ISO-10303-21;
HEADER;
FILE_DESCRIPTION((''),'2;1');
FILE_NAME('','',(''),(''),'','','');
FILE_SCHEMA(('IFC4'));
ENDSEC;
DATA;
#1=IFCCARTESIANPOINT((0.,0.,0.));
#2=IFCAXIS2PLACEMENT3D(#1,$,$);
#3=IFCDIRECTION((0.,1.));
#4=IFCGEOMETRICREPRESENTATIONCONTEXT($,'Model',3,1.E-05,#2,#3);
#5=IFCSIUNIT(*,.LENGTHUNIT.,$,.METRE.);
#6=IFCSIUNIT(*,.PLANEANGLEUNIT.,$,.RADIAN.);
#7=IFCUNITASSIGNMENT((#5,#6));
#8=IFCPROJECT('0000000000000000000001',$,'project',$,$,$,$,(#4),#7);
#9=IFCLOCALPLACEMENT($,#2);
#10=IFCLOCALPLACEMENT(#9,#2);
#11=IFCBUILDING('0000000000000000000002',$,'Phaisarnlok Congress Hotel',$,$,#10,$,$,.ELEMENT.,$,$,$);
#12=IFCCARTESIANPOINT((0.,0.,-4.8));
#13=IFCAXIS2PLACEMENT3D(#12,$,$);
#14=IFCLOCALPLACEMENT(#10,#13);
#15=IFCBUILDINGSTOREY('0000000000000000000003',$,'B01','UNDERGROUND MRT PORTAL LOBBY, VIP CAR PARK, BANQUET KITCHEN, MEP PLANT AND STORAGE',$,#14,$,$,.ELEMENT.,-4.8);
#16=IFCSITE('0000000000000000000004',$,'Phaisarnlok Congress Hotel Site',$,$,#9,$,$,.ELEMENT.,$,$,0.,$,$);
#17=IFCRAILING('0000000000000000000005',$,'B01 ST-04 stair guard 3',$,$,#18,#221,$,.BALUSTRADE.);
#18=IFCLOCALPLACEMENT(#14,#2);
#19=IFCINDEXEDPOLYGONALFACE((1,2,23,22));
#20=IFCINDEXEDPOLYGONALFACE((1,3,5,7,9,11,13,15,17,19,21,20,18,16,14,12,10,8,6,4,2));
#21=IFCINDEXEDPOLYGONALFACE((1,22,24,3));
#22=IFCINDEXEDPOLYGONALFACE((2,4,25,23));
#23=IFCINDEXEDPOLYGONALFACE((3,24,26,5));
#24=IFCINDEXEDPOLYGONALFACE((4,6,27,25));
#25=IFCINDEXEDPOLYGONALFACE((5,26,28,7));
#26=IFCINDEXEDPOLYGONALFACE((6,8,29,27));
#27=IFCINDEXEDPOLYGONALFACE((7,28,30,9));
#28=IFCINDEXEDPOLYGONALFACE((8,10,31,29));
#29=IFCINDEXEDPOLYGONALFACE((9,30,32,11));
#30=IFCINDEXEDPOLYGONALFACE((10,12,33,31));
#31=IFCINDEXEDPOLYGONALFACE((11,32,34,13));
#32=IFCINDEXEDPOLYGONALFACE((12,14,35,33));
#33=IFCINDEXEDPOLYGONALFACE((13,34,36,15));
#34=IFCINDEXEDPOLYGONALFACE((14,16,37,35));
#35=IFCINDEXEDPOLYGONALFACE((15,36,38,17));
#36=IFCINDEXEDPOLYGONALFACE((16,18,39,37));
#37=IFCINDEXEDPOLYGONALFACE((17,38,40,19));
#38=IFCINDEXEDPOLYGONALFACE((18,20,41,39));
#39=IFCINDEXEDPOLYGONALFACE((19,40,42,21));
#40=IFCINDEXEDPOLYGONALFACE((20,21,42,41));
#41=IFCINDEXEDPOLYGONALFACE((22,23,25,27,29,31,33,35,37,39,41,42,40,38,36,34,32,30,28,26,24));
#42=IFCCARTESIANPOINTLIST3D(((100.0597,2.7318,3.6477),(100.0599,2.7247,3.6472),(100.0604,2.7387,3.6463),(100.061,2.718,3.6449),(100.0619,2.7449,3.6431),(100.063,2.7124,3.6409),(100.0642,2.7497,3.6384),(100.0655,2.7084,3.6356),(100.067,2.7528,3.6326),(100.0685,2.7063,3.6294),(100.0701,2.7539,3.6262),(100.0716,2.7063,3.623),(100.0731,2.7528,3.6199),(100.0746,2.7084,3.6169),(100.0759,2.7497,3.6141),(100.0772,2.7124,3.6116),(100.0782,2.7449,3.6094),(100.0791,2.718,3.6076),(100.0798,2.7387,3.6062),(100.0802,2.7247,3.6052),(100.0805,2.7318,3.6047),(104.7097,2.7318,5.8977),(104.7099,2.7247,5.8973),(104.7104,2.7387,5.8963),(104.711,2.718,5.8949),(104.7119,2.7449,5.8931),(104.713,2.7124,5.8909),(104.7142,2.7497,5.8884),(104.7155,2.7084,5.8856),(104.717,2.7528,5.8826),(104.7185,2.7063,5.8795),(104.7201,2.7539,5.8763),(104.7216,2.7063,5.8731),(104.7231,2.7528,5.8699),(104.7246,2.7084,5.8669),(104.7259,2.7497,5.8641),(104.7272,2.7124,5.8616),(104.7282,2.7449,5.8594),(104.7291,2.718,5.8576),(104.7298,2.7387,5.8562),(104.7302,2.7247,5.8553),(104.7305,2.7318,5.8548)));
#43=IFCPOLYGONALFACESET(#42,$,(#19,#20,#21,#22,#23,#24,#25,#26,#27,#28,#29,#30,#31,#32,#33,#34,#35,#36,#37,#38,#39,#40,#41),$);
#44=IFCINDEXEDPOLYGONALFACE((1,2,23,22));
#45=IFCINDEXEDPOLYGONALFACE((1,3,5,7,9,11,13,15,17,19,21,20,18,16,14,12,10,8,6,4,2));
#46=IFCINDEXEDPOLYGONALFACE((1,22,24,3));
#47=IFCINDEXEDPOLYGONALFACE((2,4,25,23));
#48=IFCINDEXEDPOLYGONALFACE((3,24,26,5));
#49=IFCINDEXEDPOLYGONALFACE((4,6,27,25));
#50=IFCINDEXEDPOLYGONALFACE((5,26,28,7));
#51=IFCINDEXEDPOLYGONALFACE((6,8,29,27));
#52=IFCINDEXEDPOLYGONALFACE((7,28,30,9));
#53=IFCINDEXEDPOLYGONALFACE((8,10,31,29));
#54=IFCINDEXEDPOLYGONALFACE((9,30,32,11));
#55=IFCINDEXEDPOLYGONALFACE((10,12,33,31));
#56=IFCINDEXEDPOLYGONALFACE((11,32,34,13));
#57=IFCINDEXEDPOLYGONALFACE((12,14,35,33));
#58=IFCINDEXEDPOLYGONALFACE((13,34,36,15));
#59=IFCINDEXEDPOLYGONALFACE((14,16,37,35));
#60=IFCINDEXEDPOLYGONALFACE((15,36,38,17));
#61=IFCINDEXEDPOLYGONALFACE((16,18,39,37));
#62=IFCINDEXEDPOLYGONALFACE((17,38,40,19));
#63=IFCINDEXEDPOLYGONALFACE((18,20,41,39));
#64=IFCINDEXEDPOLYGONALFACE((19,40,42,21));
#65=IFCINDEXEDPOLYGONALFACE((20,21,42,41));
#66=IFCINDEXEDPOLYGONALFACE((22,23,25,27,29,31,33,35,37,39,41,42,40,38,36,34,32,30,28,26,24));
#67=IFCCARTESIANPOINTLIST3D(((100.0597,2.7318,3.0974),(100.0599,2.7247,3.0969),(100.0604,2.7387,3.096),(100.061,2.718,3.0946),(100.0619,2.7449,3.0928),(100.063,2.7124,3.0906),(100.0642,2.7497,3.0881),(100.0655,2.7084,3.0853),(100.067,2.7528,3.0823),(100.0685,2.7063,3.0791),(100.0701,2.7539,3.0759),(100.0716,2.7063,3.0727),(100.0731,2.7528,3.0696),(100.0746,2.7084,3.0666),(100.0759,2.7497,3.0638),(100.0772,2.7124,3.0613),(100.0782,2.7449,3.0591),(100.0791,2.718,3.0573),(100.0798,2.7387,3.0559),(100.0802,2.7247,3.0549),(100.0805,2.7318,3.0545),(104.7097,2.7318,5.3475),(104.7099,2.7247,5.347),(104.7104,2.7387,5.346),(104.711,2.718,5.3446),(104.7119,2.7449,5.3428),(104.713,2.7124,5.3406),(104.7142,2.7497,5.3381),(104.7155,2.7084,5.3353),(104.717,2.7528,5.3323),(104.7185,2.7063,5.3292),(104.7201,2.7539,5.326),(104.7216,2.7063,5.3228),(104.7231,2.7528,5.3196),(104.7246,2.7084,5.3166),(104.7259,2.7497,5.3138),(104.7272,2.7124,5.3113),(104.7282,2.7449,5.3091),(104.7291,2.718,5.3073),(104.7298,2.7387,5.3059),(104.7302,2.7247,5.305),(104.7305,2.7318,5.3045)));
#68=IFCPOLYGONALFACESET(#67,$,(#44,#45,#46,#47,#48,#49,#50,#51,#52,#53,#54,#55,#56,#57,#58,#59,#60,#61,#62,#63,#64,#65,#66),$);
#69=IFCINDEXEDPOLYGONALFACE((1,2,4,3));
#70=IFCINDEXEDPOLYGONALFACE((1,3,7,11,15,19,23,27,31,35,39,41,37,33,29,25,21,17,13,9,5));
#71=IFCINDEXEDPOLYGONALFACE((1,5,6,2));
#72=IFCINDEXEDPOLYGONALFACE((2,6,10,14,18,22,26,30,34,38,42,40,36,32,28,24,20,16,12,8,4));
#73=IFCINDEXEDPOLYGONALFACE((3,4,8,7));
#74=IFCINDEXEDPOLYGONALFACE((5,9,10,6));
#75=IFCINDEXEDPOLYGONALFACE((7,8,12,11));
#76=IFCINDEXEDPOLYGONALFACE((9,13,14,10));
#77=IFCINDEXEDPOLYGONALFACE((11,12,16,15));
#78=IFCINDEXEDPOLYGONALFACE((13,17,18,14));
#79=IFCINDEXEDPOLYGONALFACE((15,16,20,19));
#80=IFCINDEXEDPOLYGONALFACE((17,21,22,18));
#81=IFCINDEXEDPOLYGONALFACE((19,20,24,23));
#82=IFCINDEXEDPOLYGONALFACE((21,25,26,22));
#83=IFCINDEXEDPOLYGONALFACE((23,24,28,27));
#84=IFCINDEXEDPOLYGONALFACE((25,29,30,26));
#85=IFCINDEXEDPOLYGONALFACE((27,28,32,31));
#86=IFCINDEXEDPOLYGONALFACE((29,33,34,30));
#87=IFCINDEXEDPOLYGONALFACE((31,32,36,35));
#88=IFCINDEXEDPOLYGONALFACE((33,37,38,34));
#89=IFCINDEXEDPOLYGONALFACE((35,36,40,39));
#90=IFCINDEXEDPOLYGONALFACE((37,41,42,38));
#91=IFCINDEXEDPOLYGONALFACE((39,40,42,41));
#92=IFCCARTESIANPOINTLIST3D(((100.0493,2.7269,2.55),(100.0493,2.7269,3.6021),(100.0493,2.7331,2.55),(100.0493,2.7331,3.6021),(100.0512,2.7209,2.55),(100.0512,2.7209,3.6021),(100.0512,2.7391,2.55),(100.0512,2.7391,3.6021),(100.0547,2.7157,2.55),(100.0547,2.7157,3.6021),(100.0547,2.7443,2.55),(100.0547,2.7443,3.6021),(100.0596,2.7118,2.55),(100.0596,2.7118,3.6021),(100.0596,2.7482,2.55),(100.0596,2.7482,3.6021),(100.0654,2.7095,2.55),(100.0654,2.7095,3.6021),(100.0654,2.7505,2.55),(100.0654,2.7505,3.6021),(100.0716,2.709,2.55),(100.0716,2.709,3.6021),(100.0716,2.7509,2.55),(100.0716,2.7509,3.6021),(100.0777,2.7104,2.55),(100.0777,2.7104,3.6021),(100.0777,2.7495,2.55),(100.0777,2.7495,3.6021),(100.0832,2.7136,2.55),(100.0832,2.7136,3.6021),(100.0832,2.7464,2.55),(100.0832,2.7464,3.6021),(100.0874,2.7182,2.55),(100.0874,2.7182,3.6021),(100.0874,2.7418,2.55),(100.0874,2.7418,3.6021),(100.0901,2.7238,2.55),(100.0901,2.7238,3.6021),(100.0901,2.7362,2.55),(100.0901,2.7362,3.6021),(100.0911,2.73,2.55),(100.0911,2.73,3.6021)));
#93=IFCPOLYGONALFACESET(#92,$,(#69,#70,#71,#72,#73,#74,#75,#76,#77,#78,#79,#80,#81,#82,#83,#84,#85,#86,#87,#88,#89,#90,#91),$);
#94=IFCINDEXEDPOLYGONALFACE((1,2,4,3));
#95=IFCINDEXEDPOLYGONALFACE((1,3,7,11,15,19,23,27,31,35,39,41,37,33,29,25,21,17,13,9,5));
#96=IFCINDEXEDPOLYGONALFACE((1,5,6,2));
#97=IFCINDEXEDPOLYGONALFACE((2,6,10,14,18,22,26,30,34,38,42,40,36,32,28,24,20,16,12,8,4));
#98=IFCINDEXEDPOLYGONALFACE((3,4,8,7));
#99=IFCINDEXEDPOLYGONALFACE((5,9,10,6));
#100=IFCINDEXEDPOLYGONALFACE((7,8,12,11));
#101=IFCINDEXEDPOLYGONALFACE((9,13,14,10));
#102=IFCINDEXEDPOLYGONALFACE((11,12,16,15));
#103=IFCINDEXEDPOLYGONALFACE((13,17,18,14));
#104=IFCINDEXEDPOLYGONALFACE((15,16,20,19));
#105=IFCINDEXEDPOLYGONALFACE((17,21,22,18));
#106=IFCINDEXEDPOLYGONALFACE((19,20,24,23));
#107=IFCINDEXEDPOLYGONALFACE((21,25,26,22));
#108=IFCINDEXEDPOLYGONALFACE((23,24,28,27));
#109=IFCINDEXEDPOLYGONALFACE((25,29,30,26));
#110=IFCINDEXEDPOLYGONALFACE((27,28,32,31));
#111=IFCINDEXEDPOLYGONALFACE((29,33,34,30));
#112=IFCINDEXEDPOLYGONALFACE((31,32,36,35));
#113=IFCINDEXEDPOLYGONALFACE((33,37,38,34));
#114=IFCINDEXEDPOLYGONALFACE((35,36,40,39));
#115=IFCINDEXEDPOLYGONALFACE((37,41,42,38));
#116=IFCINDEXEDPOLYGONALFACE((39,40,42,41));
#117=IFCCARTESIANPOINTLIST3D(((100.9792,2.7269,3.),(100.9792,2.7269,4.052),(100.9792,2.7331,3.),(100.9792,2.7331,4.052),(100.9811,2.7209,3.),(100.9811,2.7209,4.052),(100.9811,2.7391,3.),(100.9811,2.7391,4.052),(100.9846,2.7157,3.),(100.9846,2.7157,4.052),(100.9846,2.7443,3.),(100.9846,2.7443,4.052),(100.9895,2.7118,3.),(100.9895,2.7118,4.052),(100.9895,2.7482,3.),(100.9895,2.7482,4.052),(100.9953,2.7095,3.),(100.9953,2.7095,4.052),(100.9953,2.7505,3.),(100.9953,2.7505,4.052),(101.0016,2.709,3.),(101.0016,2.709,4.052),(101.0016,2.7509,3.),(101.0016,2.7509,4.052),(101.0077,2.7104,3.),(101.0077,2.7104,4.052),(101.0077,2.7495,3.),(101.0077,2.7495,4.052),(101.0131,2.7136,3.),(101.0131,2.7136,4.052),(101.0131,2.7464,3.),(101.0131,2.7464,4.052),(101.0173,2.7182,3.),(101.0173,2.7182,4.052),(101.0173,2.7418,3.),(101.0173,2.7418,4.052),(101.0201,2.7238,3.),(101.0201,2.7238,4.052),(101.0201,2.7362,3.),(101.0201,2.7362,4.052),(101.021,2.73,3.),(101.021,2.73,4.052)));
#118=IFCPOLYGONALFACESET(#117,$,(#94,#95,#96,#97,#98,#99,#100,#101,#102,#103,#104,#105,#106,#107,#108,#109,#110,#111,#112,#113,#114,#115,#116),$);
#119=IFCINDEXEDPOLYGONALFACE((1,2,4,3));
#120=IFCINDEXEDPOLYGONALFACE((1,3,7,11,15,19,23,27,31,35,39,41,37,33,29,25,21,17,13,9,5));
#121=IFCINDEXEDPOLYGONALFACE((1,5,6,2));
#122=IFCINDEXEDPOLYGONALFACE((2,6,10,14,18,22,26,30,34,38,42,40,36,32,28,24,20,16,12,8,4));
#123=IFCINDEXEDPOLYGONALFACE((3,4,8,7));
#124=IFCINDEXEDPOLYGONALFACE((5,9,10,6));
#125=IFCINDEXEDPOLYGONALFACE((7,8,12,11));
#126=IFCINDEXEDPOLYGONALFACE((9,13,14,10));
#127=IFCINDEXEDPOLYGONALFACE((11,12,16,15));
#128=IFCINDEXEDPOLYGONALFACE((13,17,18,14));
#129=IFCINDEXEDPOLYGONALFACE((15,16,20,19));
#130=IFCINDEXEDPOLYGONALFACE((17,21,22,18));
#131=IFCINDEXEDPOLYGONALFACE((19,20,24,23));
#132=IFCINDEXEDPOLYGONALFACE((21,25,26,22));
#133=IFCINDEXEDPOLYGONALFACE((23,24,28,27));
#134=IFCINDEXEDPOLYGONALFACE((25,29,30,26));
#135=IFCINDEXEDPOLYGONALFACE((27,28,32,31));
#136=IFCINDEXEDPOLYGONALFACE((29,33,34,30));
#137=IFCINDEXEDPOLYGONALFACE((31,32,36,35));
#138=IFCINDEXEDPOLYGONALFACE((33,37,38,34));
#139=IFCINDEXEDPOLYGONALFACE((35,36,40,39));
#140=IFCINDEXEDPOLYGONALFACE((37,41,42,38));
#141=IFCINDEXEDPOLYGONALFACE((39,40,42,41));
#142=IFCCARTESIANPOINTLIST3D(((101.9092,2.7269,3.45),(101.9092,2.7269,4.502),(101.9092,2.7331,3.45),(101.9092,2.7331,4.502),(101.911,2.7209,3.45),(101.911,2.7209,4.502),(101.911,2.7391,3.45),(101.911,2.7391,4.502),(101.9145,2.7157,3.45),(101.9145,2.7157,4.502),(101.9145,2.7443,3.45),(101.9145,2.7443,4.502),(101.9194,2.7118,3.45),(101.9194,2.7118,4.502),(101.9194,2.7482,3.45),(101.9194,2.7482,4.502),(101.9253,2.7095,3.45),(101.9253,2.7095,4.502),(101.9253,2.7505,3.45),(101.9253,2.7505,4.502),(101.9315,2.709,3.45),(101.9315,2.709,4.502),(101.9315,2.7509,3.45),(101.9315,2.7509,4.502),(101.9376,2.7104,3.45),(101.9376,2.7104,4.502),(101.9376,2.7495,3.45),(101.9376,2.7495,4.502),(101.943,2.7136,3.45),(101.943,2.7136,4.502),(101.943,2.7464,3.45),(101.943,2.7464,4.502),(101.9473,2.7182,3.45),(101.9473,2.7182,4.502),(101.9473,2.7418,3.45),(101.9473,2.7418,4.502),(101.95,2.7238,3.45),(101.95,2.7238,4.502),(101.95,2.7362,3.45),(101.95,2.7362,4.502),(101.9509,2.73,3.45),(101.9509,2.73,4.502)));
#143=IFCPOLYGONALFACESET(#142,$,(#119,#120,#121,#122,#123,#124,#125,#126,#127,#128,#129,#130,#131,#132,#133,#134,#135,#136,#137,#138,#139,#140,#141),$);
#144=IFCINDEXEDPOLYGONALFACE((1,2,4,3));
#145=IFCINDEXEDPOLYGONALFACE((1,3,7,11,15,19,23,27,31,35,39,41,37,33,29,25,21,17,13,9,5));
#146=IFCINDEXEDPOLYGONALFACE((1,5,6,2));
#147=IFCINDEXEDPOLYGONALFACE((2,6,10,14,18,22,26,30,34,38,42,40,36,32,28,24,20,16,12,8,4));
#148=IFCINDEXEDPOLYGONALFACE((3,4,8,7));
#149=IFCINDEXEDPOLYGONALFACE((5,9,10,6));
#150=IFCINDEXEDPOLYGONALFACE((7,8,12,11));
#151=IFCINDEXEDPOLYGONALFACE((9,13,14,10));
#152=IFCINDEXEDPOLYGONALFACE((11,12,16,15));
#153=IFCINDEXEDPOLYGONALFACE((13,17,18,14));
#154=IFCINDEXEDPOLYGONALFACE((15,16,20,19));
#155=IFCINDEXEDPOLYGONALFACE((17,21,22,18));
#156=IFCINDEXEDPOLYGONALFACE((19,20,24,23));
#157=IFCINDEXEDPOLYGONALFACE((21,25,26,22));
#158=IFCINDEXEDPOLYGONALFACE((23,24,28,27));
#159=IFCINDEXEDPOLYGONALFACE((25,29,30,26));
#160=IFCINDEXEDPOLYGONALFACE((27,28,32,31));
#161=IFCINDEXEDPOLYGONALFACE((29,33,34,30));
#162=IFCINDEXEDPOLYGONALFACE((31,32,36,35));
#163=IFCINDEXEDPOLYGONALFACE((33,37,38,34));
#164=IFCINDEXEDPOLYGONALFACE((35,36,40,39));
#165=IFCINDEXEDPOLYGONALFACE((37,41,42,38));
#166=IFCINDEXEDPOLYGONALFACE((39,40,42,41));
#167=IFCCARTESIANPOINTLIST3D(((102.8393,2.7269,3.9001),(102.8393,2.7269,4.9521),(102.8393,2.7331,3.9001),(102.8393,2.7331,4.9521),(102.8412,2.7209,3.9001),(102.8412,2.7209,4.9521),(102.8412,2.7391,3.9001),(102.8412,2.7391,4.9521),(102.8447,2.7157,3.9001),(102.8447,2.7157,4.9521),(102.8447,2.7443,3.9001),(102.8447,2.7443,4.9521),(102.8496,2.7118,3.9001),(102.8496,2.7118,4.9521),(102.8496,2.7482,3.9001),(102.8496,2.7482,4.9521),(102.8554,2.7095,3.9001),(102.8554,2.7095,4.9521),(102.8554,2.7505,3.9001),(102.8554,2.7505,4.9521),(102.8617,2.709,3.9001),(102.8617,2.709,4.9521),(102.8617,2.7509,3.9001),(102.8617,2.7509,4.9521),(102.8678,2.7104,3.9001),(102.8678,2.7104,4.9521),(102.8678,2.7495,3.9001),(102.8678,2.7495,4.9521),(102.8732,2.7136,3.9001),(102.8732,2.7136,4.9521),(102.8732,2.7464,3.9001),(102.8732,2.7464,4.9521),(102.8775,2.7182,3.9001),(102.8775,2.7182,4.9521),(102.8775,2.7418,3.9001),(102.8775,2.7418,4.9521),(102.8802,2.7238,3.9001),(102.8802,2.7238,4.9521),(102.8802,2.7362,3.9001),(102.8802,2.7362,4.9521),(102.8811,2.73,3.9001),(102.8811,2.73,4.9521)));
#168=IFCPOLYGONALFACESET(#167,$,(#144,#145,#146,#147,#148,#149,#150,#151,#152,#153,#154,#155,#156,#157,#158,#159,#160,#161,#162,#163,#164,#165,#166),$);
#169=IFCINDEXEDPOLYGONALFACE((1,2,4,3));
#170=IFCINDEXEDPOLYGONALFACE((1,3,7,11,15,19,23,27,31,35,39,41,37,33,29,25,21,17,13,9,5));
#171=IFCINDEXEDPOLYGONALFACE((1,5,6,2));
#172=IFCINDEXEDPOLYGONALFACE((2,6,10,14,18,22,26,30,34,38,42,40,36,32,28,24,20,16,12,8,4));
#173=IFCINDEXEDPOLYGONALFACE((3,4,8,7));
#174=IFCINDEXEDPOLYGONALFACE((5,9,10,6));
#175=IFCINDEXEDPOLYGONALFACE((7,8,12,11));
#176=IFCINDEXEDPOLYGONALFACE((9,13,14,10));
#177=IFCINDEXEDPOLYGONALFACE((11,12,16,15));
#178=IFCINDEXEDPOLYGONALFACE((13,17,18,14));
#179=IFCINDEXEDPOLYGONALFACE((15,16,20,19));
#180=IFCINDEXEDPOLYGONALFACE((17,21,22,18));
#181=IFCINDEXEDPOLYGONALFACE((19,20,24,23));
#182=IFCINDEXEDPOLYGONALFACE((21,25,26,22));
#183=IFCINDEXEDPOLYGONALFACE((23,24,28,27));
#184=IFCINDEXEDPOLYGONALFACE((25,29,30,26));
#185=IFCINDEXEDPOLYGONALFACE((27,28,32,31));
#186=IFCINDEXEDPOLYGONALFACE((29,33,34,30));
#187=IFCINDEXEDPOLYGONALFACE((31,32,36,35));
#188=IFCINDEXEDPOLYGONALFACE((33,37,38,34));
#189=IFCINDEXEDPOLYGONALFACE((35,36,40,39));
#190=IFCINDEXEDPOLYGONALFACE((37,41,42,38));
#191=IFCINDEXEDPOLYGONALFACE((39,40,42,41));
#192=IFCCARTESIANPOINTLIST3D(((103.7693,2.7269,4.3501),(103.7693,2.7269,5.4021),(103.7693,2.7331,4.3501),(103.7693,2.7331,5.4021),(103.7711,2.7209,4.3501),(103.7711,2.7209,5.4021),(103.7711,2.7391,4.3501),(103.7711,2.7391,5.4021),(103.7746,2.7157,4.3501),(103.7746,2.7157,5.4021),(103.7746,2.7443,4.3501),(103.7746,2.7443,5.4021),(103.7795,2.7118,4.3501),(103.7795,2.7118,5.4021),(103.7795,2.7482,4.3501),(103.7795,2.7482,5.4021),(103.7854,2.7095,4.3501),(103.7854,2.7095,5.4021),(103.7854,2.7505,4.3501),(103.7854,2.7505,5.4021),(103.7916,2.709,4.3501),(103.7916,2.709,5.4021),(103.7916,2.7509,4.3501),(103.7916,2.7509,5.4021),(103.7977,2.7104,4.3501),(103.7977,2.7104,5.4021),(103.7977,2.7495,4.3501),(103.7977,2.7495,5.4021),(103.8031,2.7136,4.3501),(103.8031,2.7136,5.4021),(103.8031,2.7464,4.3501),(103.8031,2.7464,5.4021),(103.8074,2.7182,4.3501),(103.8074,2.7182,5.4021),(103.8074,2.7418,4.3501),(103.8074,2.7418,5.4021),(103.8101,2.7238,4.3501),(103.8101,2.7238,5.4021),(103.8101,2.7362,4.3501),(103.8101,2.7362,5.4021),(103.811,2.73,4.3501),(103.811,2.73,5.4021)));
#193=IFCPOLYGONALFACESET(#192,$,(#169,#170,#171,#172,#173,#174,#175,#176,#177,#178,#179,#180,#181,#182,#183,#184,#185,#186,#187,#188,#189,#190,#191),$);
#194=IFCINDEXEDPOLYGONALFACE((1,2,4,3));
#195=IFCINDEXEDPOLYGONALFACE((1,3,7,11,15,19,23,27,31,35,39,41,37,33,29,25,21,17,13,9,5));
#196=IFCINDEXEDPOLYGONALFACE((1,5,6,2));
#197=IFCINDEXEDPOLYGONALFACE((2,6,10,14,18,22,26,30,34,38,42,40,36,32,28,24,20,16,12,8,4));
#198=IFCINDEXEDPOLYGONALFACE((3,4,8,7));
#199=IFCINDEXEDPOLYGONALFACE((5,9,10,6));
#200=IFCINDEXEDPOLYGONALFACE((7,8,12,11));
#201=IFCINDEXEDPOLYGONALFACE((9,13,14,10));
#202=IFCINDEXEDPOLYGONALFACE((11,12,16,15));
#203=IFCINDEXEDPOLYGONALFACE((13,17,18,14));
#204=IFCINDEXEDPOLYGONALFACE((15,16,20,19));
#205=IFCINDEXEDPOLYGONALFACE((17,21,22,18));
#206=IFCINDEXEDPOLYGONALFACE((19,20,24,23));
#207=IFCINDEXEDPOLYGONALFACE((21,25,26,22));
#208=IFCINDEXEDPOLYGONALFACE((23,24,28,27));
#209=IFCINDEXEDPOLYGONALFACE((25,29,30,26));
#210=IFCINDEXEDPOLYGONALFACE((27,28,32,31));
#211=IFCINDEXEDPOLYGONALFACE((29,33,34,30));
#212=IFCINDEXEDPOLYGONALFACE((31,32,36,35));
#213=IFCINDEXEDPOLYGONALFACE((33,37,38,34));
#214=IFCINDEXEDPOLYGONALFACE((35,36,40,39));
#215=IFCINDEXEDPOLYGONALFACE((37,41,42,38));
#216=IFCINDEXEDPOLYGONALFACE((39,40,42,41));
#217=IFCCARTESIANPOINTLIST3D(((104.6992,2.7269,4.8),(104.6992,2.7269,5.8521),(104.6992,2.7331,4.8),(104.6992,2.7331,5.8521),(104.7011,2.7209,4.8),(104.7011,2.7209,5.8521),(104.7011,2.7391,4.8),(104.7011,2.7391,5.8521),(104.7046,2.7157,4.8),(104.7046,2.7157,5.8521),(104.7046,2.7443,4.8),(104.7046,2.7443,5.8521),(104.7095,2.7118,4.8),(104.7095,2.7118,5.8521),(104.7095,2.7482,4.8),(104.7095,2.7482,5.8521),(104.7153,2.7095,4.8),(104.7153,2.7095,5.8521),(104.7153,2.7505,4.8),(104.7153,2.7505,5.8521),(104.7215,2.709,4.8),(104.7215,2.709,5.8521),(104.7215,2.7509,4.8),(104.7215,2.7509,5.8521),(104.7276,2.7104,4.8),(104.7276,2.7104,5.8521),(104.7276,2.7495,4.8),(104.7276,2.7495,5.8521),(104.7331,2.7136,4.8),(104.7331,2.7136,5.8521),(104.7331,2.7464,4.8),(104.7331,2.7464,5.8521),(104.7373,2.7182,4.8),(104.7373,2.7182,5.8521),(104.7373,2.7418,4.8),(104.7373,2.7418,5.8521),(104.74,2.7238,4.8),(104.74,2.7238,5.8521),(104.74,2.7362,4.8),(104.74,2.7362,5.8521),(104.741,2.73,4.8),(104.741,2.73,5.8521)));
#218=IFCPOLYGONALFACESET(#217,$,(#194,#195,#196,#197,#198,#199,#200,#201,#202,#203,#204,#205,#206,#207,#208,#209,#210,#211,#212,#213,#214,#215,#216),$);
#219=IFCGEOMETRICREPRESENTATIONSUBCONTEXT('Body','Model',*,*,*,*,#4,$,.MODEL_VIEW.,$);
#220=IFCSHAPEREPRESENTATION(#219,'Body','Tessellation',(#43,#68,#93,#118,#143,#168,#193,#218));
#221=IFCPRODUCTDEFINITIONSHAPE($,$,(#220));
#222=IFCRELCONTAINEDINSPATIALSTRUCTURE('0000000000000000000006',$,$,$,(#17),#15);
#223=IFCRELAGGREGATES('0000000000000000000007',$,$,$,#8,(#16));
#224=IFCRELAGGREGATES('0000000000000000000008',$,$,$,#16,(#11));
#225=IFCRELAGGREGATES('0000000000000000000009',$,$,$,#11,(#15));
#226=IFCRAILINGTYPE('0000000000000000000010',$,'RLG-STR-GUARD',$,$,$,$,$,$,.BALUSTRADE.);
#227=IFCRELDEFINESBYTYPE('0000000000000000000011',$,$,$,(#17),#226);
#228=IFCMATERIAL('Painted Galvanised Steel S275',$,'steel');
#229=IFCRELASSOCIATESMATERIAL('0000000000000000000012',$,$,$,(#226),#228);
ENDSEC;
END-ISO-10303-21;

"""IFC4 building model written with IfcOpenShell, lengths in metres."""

from ifc_helpers import new_model, si_unit, direction, frame, origin, origin_2d, place, context, subcontext, project, spatial, circle, extrude, material, type_object, element, save


model = new_model("IFC4")

# Units and contexts
model_context = context("Model", 3, precision=1e-05, world=origin(), true_north=direction((0.0, 1.0)))
body_context = subcontext(model_context, "Body", "Model", "MODEL_VIEW")
ifc_project = project(units=[si_unit("LENGTHUNIT", "METRE"), si_unit("PLANEANGLEUNIT", "RADIAN")], contexts=[model_context])

# Site, building, storey
site_placement = place(None, origin())
site = spatial("IfcSite", under=ifc_project, at=site_placement, Name="Phaisarnlok Congress Hotel Site", CompositionType="ELEMENT", RefElevation=0.0)
building_placement = place(site_placement, origin())
building = spatial("IfcBuilding", under=site, at=building_placement, Name="Phaisarnlok Congress Hotel", CompositionType="ELEMENT")
storey_placement = place(building_placement, frame((0.0, 0.0, -4.8)))
storey = spatial("IfcBuildingStorey", under=building, at=storey_placement, Name="B01", Description="UNDERGROUND MRT PORTAL LOBBY, VIP CAR PARK, BANQUET KITCHEN, MEP PLANT AND STORAGE", CompositionType="ELEMENT", Elevation=-4.8)

# Railing
ifc_material_1 = material(Name="Painted Galvanised Steel S275", Category="steel")
railing_type_1 = type_object("IfcRailingType", Name="RLG-STR-GUARD", PredefinedType="BALUSTRADE", material=ifc_material_1)
railing_1_placement = place(storey_placement, frame((100.0701, 2.73, 2.55)))
element("IfcRailing", 1, at=railing_1_placement, inside=storey, type_object=railing_type_1, Name="B01 ST-04 stair guard 3", PredefinedType="BALUSTRADE", context=body_context, shape_type="SweptSolid", body=[
    extrude(circle(Radius=0.0239, at=origin_2d()), frame((0.0, 0.0, 1.0762), z_axis=(0.900156, 0.0, 0.435568), x_axis=(0.0, 1.0, 0.0)), (0.0, 0.0, 1.0), 5.1658),
    extrude(circle(Radius=0.0239, at=origin_2d()), frame((0.0, 0.0, 0.5259), z_axis=(0.900156, 0.0, 0.435568), x_axis=(0.0, 1.0, 0.0)), (0.0, 0.0, 1.0), 5.1658),
    extrude(circle(Radius=0.021, at=origin_2d()), origin(), (0.0, 0.0, 1.0), 1.052),
    extrude(circle(Radius=0.021, at=origin_2d()), frame((0.9299, 0.0, 0.45)), (0.0, 0.0, 1.0), 1.052),
    extrude(circle(Radius=0.021, at=origin_2d()), frame((1.8599, 0.0, 0.8999)), (0.0, 0.0, 1.0), 1.052),
    extrude(circle(Radius=0.021, at=origin_2d()), frame((2.79, 0.0, 1.3501)), (0.0, 0.0, 1.0), 1.052),
    extrude(circle(Radius=0.021, at=origin_2d()), frame((3.72, 0.0, 1.8)), (0.0, 0.0, 1.0), 1.052),
    extrude(circle(Radius=0.021, at=origin_2d()), frame((4.6499, 0.0, 2.25)), (0.0, 0.0, 1.0), 1.052),
])

save(model, "model.ifc")
